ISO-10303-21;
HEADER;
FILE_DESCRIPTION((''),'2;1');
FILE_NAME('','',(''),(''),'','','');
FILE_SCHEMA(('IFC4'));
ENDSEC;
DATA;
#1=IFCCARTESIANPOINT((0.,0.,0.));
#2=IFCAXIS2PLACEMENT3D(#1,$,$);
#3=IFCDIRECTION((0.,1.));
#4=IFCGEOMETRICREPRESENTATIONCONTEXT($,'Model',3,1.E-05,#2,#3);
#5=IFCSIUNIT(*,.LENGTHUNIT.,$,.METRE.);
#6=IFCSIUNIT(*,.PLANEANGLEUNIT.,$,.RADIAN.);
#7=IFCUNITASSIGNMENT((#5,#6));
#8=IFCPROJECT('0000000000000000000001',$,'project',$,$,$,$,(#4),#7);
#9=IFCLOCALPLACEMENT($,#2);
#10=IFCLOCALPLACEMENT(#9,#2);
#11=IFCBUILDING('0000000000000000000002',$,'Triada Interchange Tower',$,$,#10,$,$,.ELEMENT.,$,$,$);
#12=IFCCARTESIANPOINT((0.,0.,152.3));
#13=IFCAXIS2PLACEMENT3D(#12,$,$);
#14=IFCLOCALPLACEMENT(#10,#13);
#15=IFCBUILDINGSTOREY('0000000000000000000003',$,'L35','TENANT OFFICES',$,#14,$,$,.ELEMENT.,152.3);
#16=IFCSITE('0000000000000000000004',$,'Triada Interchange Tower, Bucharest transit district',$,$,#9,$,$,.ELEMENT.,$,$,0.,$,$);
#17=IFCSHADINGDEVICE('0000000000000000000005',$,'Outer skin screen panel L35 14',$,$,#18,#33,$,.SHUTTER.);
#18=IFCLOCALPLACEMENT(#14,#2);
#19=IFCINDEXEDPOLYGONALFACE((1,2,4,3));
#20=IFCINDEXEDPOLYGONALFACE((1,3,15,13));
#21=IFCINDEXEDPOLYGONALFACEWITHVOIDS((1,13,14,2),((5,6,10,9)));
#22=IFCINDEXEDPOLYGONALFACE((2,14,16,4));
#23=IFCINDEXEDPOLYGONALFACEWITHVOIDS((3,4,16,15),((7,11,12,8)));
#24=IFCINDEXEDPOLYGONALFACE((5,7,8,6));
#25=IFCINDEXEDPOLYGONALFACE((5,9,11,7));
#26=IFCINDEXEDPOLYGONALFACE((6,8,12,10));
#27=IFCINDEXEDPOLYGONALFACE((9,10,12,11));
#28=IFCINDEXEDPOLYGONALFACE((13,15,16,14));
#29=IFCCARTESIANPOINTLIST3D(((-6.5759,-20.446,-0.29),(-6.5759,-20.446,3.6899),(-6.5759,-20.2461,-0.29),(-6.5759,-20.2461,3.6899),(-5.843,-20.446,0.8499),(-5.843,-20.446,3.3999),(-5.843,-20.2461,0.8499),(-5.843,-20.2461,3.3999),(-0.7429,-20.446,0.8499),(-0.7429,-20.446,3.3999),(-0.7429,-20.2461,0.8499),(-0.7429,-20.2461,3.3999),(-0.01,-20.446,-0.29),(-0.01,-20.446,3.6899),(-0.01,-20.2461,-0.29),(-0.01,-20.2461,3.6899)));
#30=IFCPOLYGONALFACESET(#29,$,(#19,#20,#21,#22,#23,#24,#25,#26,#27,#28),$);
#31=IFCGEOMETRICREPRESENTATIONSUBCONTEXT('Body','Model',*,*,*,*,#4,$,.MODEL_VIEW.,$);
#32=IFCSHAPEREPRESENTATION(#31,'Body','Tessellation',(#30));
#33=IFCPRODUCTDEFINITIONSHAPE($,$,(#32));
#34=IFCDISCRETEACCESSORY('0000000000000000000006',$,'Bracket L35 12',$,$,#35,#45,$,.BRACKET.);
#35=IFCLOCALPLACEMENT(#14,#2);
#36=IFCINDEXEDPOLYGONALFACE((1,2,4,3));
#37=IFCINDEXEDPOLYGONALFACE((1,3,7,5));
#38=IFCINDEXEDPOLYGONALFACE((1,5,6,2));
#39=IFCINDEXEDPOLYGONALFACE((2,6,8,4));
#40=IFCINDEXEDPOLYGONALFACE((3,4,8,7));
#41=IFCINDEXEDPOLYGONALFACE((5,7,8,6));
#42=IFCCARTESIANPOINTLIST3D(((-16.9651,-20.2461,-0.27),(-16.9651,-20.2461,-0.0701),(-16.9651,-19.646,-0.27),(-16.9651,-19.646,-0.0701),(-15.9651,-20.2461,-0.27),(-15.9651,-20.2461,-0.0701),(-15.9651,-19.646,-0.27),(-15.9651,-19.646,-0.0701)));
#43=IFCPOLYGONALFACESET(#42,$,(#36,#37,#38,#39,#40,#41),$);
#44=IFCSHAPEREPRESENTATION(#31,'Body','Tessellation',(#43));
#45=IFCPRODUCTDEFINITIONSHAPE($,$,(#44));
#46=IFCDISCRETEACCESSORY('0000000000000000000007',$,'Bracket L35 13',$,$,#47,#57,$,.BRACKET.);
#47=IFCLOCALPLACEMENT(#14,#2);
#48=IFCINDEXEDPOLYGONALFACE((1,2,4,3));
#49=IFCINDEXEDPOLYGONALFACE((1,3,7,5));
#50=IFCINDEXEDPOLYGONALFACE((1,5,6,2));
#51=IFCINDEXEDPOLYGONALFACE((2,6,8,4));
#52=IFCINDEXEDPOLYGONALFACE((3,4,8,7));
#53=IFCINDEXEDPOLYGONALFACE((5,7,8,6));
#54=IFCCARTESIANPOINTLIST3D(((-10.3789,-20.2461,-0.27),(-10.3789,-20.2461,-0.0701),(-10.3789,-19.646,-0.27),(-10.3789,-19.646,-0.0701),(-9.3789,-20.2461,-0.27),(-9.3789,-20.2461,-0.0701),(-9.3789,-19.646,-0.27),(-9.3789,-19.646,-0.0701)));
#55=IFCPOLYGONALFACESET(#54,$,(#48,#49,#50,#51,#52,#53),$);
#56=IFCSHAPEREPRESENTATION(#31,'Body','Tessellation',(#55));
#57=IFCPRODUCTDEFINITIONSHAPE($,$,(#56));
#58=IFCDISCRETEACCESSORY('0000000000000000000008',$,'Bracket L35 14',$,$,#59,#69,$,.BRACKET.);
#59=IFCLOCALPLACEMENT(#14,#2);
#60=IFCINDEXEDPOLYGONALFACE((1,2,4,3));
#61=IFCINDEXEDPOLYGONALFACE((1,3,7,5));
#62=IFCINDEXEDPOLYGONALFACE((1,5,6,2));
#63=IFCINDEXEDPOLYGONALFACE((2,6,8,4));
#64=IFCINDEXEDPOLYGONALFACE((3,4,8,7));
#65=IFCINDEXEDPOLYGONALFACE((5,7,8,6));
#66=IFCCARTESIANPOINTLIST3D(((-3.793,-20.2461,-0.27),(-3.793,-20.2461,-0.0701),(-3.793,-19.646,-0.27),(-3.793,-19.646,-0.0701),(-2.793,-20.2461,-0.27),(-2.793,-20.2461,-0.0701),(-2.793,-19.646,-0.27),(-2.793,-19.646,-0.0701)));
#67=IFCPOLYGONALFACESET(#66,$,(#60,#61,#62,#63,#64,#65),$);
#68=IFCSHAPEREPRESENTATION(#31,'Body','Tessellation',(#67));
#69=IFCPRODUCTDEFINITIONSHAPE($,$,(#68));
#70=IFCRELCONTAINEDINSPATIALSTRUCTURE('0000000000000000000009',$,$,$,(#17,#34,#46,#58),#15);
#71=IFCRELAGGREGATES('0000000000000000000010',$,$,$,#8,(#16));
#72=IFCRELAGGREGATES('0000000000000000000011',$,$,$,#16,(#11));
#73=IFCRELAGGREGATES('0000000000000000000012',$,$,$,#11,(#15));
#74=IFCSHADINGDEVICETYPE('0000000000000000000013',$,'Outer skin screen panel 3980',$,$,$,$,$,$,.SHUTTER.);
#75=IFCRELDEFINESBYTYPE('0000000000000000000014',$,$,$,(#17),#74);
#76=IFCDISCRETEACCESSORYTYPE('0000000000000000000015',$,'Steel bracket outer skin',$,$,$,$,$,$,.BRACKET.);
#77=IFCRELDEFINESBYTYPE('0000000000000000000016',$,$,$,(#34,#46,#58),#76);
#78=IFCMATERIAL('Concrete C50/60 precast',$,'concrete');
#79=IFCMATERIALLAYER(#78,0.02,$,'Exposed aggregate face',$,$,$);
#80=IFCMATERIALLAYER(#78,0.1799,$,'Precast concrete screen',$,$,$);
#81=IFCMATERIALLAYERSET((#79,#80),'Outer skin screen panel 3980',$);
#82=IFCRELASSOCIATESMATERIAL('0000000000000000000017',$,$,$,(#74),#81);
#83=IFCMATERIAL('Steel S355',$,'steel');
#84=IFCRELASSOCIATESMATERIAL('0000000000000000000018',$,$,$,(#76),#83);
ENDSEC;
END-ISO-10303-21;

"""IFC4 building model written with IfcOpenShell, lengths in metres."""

from ifc_helpers import new_model, si_unit, direction, frame, origin, origin_2d, place, context, subcontext, project, spatial, polyline, rectangle, outline, extrude, material, layer, layer_set, type_object, element, save


model = new_model("IFC4")

# Units and contexts
model_context = context("Model", 3, precision=1e-05, world=origin(), true_north=direction((0.0, 1.0)))
body_context = subcontext(model_context, "Body", "Model", "MODEL_VIEW")
ifc_project = project(units=[si_unit("LENGTHUNIT", "METRE"), si_unit("PLANEANGLEUNIT", "RADIAN")], contexts=[model_context])

# Site, building, storey
site_placement = place(None, origin())
site = spatial("IfcSite", under=ifc_project, at=site_placement, Name="Triada Interchange Tower, Bucharest transit district", CompositionType="ELEMENT", RefElevation=0.0)
building_placement = place(site_placement, origin())
building = spatial("IfcBuilding", under=site, at=building_placement, Name="Triada Interchange Tower", CompositionType="ELEMENT")
storey_placement = place(building_placement, frame((0.0, 0.0, 152.3)))
storey = spatial("IfcBuildingStorey", under=building, at=storey_placement, Name="L35", Description="TENANT OFFICES", CompositionType="ELEMENT", Elevation=152.3)

# Shading device
ifc_material_1 = material(Name="Concrete C50/60 precast", Category="concrete")
ifc_layer_1 = layer(ifc_material_1, 0.02, Name="Exposed aggregate face")
ifc_layer_2 = layer(ifc_material_1, 0.1799, Name="Precast concrete screen")
ifc_layer_set_1 = layer_set([ifc_layer_1, ifc_layer_2], Name="Outer skin screen panel 3980")
shading_device_type = type_object("IfcShadingDeviceType", Name="Outer skin screen panel 3980", PredefinedType="SHUTTER", material=ifc_layer_set_1)
shading_device_1_placement = place(storey_placement, frame((-6.5759, -20.2461, -0.29), z_axis=(0.0, 0.0, 1.0), x_axis=(1.0, 0.0, 0.0)))
element("IfcShadingDevice", 1, at=shading_device_1_placement, inside=storey, type_object=shading_device_type, Name="Outer skin screen panel L35 14", PredefinedType="SHUTTER", context=body_context, shape_type="SweptSolid", body=[
    extrude(outline(polyline([(0.0, 0.0), (6.5659, 0.0), (6.5659, 3.98), (0.0, 3.98), (0.0, 0.0)]), holes=[polyline([(0.7329, 1.1399), (0.7329, 3.6899), (5.833, 3.6899), (5.833, 1.1399), (0.7329, 1.1399)])]), frame((0.0, 0.0, 0.0), z_axis=(0.0, -1.0, 0.0), x_axis=(1.0, 0.0, 0.0)), (0.0, 0.0, 1.0), 0.2),
])

# Discrete accessories
ifc_material_2 = material(Name="Steel S355", Category="steel")
discrete_accessory_type = type_object("IfcDiscreteAccessoryType", Name="Steel bracket outer skin", PredefinedType="BRACKET", material=ifc_material_2)
for number, where, z_axis, x_axis, name in (
    (2, (-16.4651, -19.946, -0.27), (0.0, 0.0, 1.0), (0.0, -1.0, 0.0), "Bracket L35 12"),
    (3, (-9.8789, -19.946, -0.27), (0.0, 0.0, 1.0), (0.0, -1.0, 0.0), "Bracket L35 13"),
    (4, (-3.293, -19.946, -0.27), (0.0, 0.0, 1.0), (0.0, -1.0, 0.0), "Bracket L35 14"),
):
    element("IfcDiscreteAccessory", number, at=place(storey_placement, frame(where, z_axis=z_axis, x_axis=x_axis)), inside=storey, type_object=discrete_accessory_type, Name=name, PredefinedType="BRACKET", context=body_context, shape_type="SweptSolid", body=[
        extrude(rectangle(XDim=0.6001, YDim=1.0, at=origin_2d()), origin(), (0.0, 0.0, 1.0), 0.2),
    ])

save(model, "model.ifc")
